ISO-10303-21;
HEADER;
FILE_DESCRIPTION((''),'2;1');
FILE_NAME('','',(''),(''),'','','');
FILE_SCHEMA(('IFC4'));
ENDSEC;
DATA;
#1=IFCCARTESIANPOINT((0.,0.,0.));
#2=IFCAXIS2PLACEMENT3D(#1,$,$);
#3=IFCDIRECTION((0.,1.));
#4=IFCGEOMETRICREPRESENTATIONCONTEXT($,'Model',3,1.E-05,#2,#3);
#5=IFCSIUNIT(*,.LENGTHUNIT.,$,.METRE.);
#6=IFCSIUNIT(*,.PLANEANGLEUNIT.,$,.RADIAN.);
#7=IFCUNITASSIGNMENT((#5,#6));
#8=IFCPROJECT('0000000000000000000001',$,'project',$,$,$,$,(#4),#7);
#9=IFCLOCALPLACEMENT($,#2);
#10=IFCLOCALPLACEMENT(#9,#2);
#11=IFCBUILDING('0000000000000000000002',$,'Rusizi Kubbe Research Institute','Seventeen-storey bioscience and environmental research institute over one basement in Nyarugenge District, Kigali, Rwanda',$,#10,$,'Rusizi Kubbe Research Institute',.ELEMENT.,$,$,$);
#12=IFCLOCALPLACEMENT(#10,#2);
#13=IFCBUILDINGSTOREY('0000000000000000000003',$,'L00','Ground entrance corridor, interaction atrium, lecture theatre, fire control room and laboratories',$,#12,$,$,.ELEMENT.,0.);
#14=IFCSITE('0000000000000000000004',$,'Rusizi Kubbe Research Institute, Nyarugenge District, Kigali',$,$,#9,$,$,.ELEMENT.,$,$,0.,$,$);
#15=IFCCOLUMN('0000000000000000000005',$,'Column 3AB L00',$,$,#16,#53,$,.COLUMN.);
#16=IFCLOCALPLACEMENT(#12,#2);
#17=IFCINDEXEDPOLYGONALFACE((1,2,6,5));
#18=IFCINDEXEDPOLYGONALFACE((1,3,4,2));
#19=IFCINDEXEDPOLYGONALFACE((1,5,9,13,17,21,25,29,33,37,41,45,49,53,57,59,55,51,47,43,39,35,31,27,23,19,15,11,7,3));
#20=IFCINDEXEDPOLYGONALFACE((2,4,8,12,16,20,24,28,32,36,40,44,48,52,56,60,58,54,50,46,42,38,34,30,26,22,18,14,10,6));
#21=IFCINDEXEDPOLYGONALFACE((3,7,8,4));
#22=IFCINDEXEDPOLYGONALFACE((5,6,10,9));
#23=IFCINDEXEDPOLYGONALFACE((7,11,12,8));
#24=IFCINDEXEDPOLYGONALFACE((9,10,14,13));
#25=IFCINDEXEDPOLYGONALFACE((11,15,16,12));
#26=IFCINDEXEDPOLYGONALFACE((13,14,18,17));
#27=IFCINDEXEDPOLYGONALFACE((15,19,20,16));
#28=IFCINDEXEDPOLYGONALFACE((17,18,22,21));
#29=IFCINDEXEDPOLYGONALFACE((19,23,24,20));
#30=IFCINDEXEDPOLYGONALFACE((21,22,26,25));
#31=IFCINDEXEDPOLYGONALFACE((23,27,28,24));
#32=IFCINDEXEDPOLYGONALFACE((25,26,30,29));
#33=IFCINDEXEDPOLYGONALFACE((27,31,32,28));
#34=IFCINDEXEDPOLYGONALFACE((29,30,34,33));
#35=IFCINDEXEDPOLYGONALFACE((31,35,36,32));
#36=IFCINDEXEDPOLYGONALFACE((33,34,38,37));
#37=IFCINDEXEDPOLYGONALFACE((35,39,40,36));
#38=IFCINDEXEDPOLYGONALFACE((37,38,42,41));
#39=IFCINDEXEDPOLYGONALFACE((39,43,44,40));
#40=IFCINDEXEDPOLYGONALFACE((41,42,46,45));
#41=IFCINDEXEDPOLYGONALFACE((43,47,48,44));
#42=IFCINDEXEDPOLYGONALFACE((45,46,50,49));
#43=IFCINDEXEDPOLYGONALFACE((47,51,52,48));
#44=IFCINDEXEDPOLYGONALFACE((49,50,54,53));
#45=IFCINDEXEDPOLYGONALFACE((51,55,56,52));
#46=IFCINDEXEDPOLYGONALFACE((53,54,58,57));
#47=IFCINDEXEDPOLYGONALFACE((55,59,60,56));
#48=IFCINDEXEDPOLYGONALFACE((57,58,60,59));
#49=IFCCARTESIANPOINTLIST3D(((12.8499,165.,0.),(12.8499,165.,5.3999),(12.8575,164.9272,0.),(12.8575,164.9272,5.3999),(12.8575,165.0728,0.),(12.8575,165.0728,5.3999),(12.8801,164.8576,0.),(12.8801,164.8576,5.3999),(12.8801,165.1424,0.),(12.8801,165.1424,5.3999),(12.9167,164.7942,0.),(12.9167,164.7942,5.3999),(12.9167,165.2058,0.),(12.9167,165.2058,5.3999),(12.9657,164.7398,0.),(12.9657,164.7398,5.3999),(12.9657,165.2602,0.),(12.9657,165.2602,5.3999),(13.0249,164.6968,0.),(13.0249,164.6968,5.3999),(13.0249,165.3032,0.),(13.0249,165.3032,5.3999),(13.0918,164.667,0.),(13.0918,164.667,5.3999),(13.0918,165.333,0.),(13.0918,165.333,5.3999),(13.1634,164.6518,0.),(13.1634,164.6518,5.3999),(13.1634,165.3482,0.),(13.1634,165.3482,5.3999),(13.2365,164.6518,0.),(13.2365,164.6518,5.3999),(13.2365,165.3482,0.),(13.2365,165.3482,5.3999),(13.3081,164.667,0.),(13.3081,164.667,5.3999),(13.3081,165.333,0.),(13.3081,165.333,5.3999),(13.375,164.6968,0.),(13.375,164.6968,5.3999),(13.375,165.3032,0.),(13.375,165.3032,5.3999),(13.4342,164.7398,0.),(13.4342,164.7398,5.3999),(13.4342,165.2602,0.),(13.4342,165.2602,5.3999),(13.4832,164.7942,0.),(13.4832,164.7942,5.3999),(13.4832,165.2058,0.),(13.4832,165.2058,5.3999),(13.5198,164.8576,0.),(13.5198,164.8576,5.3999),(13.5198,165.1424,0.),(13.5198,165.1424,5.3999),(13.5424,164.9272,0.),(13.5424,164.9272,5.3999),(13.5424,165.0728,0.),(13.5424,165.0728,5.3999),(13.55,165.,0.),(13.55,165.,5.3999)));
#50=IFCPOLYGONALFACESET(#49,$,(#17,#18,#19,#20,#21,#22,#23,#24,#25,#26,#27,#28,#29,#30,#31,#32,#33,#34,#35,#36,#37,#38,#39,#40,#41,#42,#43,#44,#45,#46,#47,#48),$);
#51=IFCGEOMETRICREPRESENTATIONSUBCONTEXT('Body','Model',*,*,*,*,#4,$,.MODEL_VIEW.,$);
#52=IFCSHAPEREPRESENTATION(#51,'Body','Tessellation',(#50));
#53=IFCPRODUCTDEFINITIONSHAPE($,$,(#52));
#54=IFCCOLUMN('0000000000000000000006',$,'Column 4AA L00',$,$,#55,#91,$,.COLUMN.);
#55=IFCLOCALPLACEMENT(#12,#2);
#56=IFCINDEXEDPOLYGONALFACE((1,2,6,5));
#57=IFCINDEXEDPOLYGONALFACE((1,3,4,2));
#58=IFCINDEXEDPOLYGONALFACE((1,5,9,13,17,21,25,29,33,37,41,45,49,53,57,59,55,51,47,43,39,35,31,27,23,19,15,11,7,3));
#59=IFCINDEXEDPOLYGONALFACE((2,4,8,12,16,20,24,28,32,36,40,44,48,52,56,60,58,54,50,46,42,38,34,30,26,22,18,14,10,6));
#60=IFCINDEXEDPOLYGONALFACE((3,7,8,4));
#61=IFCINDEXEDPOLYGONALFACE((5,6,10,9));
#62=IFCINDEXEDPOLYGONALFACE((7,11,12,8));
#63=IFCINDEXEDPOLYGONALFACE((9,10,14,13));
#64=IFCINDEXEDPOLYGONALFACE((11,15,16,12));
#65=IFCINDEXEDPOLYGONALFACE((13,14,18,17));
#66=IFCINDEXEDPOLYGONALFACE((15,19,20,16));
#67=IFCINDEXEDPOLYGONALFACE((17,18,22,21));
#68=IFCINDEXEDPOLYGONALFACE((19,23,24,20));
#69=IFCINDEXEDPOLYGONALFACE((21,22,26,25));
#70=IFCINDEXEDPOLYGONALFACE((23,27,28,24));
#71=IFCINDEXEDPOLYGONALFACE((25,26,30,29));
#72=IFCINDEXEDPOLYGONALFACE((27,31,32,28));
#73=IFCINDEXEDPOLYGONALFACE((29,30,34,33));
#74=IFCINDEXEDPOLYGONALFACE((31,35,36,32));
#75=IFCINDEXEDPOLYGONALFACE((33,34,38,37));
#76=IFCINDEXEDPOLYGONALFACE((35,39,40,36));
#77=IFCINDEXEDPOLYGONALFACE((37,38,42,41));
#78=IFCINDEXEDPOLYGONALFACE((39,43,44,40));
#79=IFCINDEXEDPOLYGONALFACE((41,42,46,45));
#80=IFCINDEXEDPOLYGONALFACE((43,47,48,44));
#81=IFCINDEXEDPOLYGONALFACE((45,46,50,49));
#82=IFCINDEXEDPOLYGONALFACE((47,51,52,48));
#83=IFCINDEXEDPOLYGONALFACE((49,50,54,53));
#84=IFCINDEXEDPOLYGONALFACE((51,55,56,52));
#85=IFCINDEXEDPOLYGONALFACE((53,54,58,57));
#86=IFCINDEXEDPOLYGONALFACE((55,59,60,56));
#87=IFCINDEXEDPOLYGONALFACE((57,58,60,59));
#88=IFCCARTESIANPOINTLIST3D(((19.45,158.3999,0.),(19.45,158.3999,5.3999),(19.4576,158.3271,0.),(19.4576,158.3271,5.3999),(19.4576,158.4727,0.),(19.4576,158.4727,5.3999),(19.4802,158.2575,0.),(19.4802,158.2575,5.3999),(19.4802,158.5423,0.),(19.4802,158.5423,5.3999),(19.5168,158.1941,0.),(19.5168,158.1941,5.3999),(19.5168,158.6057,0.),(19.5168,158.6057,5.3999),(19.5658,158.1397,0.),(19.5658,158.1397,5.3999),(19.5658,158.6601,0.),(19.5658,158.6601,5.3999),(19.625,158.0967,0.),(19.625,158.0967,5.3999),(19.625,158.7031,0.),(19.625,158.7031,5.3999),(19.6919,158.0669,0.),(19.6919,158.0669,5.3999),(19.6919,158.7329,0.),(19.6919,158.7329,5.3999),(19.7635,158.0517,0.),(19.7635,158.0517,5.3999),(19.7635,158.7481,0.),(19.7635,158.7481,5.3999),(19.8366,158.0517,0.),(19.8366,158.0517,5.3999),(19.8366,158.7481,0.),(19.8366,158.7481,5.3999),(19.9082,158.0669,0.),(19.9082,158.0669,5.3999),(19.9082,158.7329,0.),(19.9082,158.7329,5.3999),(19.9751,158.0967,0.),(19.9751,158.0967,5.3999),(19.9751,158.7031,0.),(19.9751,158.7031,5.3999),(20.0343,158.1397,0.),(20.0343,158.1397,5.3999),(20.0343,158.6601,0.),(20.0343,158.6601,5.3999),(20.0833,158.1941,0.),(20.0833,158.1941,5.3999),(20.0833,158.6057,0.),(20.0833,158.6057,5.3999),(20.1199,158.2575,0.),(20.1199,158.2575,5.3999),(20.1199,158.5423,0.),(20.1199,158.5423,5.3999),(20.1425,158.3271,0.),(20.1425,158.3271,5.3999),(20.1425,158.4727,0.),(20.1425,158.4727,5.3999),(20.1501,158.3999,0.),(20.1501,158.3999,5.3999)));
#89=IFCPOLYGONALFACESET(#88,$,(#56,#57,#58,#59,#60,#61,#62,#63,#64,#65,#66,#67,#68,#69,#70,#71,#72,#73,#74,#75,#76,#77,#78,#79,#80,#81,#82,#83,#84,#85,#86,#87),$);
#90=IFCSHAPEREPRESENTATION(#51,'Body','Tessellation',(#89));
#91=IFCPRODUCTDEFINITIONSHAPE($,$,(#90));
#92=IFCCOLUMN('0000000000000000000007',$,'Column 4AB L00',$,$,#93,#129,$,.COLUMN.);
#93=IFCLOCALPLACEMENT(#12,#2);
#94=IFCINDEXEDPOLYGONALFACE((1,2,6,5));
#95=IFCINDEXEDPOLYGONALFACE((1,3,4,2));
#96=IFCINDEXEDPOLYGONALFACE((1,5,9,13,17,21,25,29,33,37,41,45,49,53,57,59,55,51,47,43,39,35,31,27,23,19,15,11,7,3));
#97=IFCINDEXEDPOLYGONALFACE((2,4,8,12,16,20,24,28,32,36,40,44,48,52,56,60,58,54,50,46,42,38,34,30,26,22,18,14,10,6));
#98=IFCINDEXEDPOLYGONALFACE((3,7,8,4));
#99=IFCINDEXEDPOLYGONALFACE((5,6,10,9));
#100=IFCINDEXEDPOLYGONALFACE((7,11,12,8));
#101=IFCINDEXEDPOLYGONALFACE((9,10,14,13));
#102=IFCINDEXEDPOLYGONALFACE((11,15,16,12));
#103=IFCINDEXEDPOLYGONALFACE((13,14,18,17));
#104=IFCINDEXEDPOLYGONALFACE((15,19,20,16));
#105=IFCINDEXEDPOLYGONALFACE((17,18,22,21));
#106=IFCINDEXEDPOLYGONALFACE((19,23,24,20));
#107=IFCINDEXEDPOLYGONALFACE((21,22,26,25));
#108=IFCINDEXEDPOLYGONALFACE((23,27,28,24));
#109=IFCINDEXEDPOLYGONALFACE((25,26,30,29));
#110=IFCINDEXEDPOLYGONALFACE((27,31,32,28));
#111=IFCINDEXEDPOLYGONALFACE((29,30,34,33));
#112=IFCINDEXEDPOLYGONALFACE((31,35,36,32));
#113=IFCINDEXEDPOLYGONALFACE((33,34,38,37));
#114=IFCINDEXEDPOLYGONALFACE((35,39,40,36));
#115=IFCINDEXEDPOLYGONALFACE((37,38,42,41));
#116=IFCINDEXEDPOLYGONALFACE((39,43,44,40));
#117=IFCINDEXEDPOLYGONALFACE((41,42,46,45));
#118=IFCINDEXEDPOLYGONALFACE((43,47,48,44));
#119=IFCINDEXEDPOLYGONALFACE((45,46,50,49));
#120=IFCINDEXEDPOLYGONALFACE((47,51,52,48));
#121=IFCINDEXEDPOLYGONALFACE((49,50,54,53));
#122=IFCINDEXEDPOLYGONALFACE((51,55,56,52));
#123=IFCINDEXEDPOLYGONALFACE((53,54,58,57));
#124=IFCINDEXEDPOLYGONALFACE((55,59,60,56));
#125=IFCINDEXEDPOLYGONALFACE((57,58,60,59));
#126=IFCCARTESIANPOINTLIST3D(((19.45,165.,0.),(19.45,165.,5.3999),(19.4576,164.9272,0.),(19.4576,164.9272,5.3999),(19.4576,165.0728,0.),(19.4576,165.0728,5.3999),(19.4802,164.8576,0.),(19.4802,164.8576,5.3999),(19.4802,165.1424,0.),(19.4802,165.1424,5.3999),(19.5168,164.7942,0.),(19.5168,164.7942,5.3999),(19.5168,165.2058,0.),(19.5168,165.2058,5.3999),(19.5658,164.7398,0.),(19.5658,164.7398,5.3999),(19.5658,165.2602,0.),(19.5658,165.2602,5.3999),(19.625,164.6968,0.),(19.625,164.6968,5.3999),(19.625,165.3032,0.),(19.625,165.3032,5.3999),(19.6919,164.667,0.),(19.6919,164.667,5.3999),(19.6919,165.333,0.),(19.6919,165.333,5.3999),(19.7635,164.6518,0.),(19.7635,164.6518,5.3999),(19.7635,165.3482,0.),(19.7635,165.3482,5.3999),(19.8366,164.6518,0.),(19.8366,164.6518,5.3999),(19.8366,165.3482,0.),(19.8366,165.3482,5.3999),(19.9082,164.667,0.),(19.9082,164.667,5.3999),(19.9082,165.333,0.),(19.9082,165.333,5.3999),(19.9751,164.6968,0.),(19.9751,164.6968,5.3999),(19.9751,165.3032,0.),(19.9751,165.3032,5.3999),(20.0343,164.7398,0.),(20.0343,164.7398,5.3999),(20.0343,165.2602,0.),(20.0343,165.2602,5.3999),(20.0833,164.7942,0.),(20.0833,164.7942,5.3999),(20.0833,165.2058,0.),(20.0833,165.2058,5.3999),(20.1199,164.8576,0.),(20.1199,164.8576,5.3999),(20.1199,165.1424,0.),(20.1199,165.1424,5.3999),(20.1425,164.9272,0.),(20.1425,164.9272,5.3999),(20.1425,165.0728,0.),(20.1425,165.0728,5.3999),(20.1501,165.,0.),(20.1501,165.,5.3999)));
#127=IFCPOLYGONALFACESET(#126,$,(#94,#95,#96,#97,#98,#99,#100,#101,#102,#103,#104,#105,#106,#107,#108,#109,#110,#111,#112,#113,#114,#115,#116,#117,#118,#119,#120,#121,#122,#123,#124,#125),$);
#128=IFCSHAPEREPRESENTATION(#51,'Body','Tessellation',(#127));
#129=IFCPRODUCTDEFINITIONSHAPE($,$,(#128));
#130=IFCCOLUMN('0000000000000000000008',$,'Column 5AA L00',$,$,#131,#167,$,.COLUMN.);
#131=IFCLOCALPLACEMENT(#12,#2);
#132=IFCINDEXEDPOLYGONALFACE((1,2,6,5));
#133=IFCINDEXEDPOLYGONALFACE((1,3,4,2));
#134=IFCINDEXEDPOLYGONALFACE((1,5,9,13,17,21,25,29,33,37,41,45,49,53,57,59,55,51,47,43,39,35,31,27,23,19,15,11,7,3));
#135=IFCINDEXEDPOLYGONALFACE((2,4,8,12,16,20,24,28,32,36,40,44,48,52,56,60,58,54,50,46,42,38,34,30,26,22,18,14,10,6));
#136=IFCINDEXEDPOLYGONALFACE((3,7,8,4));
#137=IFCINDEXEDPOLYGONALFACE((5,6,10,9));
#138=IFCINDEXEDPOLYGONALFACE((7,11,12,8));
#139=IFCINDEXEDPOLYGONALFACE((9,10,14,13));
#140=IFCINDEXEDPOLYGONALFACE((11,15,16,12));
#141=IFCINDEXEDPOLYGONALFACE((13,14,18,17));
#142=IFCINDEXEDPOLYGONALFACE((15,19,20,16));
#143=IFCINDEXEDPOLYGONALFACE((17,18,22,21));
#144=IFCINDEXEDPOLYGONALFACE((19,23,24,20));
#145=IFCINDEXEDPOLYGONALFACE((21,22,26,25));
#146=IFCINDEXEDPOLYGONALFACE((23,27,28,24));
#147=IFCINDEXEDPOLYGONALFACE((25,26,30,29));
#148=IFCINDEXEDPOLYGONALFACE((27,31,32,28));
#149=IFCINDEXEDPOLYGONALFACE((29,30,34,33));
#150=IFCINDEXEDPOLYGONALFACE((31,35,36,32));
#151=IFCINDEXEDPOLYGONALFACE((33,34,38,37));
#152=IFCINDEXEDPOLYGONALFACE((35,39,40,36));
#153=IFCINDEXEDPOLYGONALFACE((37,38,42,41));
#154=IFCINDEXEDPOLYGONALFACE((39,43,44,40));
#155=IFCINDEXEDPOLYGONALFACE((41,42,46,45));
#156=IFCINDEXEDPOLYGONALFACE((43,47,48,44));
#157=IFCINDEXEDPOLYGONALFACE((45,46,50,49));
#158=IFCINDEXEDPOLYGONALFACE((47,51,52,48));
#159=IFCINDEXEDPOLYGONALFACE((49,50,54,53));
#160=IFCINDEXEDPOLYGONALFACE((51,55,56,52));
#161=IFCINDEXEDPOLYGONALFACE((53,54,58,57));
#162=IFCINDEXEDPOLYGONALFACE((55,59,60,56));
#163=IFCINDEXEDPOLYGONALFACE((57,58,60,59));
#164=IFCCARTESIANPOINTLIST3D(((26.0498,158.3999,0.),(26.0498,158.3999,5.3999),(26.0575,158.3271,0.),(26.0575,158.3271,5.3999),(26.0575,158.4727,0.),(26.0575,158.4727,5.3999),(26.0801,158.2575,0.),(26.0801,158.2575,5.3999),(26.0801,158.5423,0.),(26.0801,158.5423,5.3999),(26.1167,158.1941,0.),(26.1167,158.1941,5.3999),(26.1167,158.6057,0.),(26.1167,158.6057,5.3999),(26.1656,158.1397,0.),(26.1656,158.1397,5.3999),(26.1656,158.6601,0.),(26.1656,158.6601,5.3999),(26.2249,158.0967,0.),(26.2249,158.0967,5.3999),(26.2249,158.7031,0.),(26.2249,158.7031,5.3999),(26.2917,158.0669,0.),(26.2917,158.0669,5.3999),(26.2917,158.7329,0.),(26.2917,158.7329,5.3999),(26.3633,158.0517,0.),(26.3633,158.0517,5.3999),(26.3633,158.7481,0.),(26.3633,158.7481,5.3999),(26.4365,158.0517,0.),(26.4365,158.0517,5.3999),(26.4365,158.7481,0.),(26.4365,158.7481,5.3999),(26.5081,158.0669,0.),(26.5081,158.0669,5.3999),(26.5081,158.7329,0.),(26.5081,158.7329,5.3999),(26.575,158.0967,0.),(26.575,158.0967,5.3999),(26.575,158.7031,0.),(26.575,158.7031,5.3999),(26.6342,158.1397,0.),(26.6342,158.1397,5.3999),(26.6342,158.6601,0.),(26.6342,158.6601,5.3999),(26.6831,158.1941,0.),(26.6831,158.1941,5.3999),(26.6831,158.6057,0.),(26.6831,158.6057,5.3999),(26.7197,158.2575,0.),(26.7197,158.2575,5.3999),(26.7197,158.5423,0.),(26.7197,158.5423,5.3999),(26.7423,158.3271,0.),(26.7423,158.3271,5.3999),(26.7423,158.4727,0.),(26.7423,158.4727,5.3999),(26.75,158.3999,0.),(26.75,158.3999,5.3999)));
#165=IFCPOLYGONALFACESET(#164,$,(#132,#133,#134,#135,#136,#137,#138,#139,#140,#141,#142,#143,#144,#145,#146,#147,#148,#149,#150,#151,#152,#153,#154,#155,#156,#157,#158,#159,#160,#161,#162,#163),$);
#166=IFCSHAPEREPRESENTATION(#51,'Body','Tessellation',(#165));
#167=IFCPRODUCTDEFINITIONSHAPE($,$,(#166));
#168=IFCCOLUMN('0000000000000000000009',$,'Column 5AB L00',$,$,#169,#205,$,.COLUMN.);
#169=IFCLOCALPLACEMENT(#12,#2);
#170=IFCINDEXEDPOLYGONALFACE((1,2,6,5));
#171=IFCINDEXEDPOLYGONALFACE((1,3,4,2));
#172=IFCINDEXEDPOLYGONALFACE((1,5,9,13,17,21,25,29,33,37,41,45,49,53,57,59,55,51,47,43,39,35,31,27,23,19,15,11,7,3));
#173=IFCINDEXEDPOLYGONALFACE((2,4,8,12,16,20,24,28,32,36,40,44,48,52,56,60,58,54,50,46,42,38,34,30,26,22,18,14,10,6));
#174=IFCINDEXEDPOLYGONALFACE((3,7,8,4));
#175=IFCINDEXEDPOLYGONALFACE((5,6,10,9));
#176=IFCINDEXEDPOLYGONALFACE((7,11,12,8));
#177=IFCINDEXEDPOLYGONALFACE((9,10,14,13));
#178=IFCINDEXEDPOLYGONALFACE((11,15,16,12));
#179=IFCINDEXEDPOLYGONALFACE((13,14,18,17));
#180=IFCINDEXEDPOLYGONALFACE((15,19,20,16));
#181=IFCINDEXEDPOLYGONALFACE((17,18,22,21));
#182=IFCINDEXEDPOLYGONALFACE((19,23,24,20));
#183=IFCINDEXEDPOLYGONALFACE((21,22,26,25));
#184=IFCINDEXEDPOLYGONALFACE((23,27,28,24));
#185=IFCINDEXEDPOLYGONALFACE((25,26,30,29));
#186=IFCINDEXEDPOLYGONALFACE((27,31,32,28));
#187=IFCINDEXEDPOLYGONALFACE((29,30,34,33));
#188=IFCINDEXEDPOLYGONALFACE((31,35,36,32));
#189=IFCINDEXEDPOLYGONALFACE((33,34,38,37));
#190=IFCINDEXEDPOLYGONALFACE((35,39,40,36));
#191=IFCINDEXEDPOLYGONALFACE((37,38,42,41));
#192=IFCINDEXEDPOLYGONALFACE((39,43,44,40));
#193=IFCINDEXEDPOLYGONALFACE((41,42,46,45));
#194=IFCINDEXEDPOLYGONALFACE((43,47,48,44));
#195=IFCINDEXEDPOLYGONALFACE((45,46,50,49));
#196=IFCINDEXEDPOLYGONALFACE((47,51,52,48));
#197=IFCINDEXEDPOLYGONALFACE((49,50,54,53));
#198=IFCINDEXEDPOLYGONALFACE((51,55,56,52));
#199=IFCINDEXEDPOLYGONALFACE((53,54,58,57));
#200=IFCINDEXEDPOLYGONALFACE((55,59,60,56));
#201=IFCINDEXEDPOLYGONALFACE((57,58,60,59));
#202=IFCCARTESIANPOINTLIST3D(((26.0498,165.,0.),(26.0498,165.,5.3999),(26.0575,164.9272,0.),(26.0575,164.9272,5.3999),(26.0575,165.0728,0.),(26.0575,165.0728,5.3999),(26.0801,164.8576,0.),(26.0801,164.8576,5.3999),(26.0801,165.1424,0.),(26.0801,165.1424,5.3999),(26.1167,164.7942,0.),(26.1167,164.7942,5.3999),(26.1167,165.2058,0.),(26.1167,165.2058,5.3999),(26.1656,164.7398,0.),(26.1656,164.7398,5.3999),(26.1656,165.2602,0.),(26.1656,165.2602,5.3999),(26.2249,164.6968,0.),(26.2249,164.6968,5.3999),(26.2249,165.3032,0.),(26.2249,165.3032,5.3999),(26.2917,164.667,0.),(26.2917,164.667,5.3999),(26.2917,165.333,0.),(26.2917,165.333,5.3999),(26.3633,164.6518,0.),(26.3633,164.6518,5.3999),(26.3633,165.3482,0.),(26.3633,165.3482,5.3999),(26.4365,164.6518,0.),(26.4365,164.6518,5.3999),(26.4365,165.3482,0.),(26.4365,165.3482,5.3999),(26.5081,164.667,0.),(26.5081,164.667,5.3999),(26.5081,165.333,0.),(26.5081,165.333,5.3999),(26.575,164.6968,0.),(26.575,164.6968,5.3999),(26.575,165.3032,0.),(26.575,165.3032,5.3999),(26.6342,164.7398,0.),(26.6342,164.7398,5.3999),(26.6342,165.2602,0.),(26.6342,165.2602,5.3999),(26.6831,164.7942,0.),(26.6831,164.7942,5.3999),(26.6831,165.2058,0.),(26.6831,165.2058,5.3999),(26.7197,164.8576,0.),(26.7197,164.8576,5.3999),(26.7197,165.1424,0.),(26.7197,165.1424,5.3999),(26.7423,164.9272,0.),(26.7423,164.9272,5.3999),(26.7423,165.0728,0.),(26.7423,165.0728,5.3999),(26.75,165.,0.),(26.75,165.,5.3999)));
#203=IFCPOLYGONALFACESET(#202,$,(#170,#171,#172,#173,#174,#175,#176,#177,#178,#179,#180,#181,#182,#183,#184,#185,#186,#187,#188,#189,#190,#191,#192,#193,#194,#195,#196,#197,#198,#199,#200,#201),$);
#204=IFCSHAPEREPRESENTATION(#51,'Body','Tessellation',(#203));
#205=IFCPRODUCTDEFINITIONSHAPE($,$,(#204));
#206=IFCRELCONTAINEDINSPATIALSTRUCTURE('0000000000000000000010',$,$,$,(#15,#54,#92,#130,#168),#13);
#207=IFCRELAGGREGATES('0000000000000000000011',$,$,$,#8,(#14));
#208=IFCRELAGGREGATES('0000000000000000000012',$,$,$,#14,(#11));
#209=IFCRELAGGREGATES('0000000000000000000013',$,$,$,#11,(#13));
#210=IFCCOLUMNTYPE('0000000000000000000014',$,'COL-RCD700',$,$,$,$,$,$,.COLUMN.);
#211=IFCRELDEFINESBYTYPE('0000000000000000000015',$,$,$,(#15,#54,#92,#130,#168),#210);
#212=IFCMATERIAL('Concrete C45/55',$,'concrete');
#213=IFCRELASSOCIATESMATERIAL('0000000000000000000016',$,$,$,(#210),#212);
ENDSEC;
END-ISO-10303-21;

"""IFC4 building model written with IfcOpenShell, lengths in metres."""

from ifc_helpers import new_model, si_unit, direction, frame, origin, origin_2d, place, context, subcontext, project, spatial, circle, extrude, material, material_profile, profile_set, type_object, element, save


model = new_model("IFC4")

# Units and contexts
model_context = context("Model", 3, precision=1e-05, world=origin(), true_north=direction((0.0, 1.0)))
body_context = subcontext(model_context, "Body", "Model", "MODEL_VIEW")
ifc_project = project(units=[si_unit("LENGTHUNIT", "METRE"), si_unit("PLANEANGLEUNIT", "RADIAN")], contexts=[model_context])

# Site, building, storey
site_placement = place(None, origin())
site = spatial("IfcSite", under=ifc_project, at=site_placement, Name="Rusizi Kubbe Research Institute, Nyarugenge District, Kigali", CompositionType="ELEMENT", RefElevation=0.0)
building_placement = place(site_placement, origin())
building = spatial("IfcBuilding", under=site, at=building_placement, Name="Rusizi Kubbe Research Institute", Description="Seventeen-storey bioscience and environmental research institute over one basement in Nyarugenge District, Kigali, Rwanda", LongName="Rusizi Kubbe Research Institute", CompositionType="ELEMENT")
storey_placement = place(building_placement, origin())
storey = spatial("IfcBuildingStorey", under=building, at=storey_placement, Name="L00", Description="Ground entrance corridor, interaction atrium, lecture theatre, fire control room and laboratories", CompositionType="ELEMENT", Elevation=0.0)

# Columns
ifc_material_1 = material(Name="Concrete C45/55", Category="concrete")
ifc_material_profile_1 = material_profile(ifc_material_1, circle(Radius=0.3501, at=origin_2d()), Name="RCD700")
ifc_profile_set_1 = profile_set([ifc_material_profile_1], Name="Concrete C45/55")
column_type = type_object("IfcColumnType", Name="COL-RCD700", PredefinedType="COLUMN", material=ifc_profile_set_1)
for number, where, z_axis, x_axis, name in (
    (1, (13.2, 165.0, 0.0), (0.0, 0.0, 1.0), (1.0, 0.0, 0.0), "Column 3AB L00"),
    (2, (19.8, 158.3999, 0.0), (0.0, 0.0, 1.0), (1.0, 0.0, 0.0), "Column 4AA L00"),
    (3, (19.8, 165.0, 0.0), (0.0, 0.0, 1.0), (1.0, 0.0, 0.0), "Column 4AB L00"),
    (4, (26.3999, 158.3999, 0.0), (0.0, 0.0, 1.0), (1.0, 0.0, 0.0), "Column 5AA L00"),
    (5, (26.3999, 165.0, 0.0), (0.0, 0.0, 1.0), (1.0, 0.0, 0.0), "Column 5AB L00"),
):
    element("IfcColumn", number, at=place(storey_placement, frame(where, z_axis=z_axis, x_axis=x_axis)), inside=storey, type_object=column_type, Name=name, PredefinedType="COLUMN", context=body_context, shape_type="SweptSolid", body=[
        extrude(circle(Radius=0.3501, at=origin_2d()), origin(), (0.0, 0.0, 1.0), 5.3999),
    ])

save(model, "model.ifc")
